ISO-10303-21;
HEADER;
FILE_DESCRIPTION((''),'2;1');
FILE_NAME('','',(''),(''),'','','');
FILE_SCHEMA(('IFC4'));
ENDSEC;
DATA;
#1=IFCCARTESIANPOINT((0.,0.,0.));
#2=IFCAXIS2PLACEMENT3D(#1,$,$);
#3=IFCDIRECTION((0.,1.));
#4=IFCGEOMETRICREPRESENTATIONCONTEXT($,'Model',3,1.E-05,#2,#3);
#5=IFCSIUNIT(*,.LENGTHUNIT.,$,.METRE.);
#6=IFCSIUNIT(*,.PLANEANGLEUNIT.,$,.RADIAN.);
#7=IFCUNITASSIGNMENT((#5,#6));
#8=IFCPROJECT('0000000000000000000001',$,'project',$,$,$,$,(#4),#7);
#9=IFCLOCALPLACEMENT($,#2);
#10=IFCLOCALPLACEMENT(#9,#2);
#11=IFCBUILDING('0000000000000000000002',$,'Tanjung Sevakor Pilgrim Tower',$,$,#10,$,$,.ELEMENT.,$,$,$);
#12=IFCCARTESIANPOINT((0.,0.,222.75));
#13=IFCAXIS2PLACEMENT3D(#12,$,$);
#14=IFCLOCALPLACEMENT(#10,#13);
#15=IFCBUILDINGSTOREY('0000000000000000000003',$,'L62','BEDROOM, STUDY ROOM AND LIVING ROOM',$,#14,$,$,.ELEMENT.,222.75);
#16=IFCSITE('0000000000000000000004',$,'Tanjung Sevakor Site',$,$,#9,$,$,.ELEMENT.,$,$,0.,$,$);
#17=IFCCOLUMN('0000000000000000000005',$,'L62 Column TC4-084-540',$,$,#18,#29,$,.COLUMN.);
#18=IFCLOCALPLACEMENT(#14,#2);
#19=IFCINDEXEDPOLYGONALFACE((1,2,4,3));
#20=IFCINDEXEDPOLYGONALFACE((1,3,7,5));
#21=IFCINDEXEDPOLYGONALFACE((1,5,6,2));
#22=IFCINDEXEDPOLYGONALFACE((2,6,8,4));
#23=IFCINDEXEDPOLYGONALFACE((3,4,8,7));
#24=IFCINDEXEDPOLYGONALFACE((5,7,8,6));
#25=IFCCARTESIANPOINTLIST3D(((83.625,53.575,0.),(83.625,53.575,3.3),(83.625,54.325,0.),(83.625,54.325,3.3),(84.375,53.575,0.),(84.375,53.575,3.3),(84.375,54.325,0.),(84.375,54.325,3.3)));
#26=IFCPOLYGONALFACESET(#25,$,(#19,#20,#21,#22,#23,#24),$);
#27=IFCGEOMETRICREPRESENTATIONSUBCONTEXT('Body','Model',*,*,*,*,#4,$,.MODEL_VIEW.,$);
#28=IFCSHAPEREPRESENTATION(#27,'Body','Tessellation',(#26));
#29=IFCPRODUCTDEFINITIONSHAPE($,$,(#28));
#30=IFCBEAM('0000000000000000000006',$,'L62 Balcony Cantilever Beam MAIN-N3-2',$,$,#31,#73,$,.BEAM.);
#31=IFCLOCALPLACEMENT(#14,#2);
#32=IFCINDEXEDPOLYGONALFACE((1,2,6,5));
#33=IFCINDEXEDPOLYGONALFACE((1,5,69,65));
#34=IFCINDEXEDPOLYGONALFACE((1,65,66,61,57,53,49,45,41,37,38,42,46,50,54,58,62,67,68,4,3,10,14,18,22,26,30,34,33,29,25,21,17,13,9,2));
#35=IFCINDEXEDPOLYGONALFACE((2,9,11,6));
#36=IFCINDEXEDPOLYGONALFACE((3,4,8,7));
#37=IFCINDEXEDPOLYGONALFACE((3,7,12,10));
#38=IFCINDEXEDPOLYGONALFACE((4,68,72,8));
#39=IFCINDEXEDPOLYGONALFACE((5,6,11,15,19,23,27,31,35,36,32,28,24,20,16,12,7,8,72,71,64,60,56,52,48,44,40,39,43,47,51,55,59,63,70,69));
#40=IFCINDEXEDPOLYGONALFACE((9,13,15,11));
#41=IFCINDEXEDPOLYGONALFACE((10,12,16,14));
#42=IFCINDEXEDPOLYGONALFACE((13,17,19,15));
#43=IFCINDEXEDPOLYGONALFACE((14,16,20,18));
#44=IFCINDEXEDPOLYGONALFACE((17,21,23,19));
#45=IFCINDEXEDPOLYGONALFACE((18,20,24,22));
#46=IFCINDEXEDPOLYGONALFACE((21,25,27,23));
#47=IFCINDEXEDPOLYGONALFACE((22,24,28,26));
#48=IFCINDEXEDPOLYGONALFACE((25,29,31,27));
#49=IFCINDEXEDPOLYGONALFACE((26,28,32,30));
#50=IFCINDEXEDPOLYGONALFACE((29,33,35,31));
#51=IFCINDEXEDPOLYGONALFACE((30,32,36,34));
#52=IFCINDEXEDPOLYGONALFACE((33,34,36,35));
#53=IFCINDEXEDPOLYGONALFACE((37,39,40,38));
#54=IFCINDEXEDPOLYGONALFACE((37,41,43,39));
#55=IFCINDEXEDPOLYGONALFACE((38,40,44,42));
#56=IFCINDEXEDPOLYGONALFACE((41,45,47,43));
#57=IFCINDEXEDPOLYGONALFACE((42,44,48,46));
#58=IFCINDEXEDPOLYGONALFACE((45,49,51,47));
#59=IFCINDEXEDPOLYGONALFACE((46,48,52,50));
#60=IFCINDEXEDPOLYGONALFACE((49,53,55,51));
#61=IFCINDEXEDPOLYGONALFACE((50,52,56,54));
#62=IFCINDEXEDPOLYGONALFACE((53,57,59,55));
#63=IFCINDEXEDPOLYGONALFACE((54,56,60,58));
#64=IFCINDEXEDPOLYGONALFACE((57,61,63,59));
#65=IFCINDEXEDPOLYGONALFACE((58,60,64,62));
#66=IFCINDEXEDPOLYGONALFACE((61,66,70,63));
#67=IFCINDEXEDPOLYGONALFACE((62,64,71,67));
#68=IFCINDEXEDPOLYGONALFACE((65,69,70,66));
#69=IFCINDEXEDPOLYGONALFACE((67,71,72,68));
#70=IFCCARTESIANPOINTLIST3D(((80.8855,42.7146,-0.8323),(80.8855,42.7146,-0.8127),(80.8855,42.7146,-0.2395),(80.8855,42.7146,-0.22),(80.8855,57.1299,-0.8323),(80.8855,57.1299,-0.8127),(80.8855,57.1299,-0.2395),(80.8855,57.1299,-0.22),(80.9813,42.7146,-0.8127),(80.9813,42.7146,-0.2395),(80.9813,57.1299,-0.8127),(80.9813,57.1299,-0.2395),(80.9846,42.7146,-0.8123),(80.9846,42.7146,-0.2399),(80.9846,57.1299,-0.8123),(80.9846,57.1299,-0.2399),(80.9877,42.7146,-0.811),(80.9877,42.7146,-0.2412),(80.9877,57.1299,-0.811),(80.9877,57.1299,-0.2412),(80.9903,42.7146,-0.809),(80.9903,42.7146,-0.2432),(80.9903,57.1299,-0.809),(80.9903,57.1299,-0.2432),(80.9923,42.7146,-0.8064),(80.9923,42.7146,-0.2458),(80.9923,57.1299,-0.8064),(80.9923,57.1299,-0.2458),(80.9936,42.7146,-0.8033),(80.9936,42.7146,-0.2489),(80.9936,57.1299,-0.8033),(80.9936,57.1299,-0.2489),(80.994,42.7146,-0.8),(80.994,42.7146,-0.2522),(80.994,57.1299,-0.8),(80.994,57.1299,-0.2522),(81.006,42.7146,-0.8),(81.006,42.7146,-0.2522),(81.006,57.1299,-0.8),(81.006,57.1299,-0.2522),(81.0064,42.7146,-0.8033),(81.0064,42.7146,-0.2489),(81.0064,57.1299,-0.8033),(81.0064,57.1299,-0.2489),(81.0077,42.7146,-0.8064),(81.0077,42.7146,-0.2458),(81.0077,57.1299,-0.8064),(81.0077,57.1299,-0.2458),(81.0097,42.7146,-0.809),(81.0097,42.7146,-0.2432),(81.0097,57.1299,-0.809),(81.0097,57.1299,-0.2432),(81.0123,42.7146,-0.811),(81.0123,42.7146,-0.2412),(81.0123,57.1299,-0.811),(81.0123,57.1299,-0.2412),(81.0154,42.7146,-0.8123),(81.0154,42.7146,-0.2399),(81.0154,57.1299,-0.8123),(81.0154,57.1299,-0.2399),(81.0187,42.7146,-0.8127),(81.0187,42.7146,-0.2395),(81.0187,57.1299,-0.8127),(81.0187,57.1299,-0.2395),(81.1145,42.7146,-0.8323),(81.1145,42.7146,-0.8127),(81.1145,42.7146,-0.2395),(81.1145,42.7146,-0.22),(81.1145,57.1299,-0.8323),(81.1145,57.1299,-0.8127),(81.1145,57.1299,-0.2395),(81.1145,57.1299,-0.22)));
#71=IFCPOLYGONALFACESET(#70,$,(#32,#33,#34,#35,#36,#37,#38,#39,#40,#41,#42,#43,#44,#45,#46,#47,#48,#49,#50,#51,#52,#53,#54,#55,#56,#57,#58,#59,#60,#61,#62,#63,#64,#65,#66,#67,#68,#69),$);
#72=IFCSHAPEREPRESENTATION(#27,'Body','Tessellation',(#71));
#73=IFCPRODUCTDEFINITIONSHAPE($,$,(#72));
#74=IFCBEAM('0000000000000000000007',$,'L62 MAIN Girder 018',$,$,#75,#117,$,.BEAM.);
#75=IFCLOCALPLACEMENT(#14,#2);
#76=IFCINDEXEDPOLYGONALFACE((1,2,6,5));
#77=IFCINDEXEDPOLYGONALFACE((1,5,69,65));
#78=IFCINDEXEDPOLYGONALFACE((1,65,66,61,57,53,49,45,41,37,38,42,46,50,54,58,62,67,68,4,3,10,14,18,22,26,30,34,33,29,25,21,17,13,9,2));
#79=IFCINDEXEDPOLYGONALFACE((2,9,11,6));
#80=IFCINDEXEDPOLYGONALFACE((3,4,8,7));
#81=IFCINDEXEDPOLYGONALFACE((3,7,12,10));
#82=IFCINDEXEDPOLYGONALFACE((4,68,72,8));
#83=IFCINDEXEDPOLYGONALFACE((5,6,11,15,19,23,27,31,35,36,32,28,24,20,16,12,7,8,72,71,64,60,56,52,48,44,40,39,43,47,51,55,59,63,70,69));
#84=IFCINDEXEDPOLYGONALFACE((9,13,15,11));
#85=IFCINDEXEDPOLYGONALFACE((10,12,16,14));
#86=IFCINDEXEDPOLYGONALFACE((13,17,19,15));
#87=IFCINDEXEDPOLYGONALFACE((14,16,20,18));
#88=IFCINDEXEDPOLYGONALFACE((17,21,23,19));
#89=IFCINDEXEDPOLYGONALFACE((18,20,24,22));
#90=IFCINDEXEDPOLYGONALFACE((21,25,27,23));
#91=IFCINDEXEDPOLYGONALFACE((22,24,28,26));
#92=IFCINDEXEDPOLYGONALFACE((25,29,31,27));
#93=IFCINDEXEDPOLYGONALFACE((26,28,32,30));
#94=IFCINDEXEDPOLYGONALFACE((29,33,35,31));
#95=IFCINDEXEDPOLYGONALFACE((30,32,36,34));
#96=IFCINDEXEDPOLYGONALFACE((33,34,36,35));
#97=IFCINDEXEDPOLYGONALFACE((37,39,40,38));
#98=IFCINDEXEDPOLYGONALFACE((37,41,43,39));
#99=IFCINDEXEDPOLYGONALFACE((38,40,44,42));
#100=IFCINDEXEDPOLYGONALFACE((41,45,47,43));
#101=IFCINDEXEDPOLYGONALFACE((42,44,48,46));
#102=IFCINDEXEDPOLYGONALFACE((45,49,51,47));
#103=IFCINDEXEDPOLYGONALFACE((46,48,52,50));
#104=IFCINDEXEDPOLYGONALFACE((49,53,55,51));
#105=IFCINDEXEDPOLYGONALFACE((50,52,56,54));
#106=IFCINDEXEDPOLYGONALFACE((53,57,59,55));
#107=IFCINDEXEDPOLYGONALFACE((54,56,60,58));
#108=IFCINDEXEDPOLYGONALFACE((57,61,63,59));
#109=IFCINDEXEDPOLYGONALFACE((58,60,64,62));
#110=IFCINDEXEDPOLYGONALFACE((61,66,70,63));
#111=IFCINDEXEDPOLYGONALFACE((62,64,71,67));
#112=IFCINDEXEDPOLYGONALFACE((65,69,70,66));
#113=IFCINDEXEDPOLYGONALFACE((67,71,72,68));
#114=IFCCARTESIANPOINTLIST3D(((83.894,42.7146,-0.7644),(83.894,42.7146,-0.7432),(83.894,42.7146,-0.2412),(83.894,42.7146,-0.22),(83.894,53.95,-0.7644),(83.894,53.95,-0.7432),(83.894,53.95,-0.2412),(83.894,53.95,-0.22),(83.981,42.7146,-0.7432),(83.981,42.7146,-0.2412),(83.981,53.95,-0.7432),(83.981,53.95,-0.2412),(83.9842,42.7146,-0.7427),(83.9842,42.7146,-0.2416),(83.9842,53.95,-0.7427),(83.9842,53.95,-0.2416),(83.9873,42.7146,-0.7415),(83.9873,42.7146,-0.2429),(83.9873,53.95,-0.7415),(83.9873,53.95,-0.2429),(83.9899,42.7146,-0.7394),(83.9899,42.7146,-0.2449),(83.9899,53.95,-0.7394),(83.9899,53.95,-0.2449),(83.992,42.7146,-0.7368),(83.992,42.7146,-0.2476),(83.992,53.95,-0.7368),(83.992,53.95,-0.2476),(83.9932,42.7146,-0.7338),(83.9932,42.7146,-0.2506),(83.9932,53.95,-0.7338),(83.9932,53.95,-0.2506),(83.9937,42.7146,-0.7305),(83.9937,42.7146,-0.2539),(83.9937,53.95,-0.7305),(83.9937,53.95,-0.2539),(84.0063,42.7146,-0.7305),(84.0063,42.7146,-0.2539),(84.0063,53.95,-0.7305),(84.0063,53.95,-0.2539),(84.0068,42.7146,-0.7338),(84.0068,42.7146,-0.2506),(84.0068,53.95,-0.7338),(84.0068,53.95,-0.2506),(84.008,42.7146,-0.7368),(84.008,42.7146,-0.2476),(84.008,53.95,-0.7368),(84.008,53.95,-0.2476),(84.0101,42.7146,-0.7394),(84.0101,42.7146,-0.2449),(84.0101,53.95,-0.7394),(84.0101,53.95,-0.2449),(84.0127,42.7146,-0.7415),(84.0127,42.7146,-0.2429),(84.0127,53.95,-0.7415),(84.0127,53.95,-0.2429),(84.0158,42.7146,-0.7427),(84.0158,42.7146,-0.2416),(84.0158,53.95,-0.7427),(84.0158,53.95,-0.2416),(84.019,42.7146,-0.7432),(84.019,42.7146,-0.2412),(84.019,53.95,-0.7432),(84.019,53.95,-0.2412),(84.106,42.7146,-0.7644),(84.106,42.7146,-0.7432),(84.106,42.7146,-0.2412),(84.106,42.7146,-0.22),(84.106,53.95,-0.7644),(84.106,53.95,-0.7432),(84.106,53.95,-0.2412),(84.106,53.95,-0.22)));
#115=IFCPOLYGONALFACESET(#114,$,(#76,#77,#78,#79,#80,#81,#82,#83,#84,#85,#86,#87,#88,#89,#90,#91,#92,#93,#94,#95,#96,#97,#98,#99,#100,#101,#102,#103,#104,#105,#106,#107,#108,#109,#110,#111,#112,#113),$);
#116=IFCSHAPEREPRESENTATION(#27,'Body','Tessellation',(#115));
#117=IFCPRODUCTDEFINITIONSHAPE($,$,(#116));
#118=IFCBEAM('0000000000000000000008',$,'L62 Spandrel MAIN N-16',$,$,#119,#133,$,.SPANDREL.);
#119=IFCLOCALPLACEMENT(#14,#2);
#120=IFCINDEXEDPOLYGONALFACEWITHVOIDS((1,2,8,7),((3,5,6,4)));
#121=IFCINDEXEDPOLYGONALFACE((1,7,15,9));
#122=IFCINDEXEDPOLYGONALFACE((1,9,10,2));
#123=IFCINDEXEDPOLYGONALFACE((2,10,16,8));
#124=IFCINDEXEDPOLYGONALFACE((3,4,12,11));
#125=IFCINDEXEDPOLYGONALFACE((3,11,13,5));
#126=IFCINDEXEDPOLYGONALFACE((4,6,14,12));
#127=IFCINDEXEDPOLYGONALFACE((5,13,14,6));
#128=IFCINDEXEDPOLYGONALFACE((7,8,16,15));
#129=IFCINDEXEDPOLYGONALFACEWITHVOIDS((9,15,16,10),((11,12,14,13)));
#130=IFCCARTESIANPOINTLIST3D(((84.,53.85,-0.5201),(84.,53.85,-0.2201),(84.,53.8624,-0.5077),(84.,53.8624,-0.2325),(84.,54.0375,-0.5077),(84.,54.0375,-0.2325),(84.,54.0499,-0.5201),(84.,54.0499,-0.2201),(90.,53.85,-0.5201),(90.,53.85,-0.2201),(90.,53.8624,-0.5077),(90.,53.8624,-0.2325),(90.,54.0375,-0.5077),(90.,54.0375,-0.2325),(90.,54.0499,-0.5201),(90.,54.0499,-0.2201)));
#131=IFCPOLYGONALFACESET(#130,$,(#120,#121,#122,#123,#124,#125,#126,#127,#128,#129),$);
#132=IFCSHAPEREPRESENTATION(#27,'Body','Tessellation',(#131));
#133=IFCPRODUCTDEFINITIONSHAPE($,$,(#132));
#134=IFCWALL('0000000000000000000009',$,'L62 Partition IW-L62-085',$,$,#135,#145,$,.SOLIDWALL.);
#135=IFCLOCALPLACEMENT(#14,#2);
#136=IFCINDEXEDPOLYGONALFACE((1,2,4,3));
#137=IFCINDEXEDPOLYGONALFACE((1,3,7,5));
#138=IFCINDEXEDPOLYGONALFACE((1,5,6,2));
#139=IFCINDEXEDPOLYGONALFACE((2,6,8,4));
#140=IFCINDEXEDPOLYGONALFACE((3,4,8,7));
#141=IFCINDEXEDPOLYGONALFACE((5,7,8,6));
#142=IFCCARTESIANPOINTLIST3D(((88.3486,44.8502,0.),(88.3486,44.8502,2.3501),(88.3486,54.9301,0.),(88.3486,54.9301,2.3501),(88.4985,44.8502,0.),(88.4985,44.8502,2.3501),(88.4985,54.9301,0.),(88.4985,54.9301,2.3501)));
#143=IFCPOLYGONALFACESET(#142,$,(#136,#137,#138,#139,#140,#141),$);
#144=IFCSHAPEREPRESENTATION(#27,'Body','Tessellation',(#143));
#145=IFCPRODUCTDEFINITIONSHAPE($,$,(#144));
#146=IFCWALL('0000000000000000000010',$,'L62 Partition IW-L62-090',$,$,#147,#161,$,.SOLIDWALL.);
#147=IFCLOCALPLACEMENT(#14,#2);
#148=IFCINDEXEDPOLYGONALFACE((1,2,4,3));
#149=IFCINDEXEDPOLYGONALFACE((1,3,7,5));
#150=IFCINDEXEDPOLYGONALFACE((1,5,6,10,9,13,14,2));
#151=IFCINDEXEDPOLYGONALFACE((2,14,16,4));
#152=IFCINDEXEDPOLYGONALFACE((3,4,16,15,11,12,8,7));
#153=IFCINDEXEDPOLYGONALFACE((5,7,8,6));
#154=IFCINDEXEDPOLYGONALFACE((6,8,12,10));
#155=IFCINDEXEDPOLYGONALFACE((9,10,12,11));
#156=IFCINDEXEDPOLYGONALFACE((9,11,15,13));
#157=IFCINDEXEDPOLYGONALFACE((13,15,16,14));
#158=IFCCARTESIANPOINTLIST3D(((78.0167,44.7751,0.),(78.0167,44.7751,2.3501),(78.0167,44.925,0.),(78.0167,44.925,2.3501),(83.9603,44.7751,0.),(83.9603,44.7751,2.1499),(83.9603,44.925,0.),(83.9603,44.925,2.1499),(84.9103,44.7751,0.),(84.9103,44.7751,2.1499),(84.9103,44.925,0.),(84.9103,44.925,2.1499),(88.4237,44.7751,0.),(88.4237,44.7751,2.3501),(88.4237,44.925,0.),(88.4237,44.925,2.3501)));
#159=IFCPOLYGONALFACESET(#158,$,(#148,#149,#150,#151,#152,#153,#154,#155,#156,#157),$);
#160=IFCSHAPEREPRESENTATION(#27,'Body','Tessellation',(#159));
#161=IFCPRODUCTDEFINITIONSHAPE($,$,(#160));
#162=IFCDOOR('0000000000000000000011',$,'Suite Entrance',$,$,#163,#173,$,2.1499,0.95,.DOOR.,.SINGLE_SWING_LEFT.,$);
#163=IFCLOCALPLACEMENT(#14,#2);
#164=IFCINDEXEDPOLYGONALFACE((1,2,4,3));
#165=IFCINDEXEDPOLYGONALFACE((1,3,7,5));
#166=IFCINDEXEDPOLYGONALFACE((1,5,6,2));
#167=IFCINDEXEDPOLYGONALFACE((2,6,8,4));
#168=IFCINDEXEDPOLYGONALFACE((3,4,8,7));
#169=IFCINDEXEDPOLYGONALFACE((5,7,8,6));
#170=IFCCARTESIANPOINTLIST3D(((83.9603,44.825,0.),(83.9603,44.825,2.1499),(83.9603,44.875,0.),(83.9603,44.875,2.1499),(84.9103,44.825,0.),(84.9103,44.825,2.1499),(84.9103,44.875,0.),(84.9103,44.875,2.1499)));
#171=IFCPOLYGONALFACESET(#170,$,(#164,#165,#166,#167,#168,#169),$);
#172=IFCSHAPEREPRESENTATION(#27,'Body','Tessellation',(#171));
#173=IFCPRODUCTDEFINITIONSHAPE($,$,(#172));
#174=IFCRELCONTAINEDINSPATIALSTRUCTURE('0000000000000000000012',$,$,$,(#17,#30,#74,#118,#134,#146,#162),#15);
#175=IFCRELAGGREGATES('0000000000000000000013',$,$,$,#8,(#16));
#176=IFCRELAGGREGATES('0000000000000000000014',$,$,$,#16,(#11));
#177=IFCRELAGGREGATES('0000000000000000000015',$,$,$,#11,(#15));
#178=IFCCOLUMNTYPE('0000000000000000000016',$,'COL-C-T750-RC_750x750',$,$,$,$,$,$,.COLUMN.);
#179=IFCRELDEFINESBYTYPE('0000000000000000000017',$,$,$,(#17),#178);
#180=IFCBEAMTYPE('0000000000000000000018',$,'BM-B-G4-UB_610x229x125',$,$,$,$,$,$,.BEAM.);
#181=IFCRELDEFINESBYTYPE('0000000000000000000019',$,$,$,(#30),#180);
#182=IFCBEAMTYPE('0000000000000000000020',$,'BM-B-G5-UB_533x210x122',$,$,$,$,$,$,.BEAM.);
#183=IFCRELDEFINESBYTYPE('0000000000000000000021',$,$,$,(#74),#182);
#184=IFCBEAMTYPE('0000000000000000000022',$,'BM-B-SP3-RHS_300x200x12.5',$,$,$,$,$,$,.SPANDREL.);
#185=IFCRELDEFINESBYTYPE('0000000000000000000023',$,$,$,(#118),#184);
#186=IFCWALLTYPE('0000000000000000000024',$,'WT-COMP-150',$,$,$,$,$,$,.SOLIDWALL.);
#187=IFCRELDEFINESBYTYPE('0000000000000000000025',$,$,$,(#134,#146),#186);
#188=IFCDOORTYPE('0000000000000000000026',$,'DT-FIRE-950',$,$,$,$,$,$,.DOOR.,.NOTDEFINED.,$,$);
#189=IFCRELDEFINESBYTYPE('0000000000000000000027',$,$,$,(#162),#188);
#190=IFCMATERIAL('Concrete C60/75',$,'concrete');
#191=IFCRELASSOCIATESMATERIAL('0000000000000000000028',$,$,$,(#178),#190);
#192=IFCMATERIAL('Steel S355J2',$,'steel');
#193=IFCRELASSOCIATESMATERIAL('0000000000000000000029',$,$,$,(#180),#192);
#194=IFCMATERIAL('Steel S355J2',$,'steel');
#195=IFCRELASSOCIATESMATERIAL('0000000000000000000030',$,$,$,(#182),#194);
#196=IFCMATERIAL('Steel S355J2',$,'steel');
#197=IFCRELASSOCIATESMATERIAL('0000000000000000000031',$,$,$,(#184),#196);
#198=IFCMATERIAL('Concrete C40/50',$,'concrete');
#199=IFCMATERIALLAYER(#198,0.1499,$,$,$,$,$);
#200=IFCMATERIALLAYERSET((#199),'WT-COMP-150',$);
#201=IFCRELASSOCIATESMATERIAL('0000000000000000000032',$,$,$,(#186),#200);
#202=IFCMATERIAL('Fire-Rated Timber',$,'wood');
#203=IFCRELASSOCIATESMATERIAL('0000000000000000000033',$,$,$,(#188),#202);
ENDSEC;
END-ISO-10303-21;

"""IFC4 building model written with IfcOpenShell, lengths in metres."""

from ifc_helpers import new_model, si_unit, direction, frame, frame_2d, origin, origin_2d, place, context, subcontext, project, spatial, rectangle, hollow_rectangle, i_section, extrude, material, layer, layer_set, material_profile, profile_set, type_object, element, fill, save


model = new_model("IFC4")

# Units and contexts
model_context = context("Model", 3, precision=1e-05, world=origin(), true_north=direction((0.0, 1.0)))
body_context = subcontext(model_context, "Body", "Model", "MODEL_VIEW")
ifc_project = project(units=[si_unit("LENGTHUNIT", "METRE"), si_unit("PLANEANGLEUNIT", "RADIAN")], contexts=[model_context])

# Site, building, storey
site_placement = place(None, origin())
site = spatial("IfcSite", under=ifc_project, at=site_placement, Name="Tanjung Sevakor Site", CompositionType="ELEMENT", RefElevation=0.0)
building_placement = place(site_placement, origin())
building = spatial("IfcBuilding", under=site, at=building_placement, Name="Tanjung Sevakor Pilgrim Tower", CompositionType="ELEMENT")
storey_placement = place(building_placement, frame((0.0, 0.0, 222.75)))
storey = spatial("IfcBuildingStorey", under=building, at=storey_placement, Name="L62", Description="BEDROOM, STUDY ROOM AND LIVING ROOM", CompositionType="ELEMENT", Elevation=222.75)

# Column
ifc_material_1 = material(Name="Concrete C60/75", Category="concrete")
ifc_material_profile_1 = material_profile(ifc_material_1, rectangle(XDim=0.75, YDim=0.75, at=origin_2d()))
ifc_profile_set_1 = profile_set([ifc_material_profile_1], Name="Concrete C60/75")
column_type = type_object("IfcColumnType", Name="COL-C-T750-RC_750x750", PredefinedType="COLUMN", material=ifc_profile_set_1)
column_placement = place(storey_placement, frame((84.0, 53.95, 0.0), z_axis=(0.0, 0.0, 1.0), x_axis=(1.0, 0.0, 0.0)))
element("IfcColumn", 1, at=column_placement, inside=storey, type_object=column_type, Name="L62 Column TC4-084-540", PredefinedType="COLUMN", context=body_context, shape_type="SweptSolid", body=[
    extrude(rectangle(XDim=0.75, YDim=0.75, at=origin_2d()), origin(), (0.0, 0.0, 1.0), 3.3),
])

# Beams
ifc_material_2 = material(Name="Steel S355J2", Category="steel")
ifc_material_profile_2 = material_profile(ifc_material_2, i_section(OverallWidth=0.229, OverallDepth=0.6123, WebThickness=0.012, FlangeThickness=0.0195, FilletRadius=0.0127, at=origin_2d()))
ifc_profile_set_2 = profile_set([ifc_material_profile_2], Name="Steel S355J2")
beam_type_1 = type_object("IfcBeamType", Name="BM-B-G4-UB_610x229x125", PredefinedType="BEAM", material=ifc_profile_set_2)
beam_1_placement = place(storey_placement, frame((81.0, 42.7146, -0.5261), z_axis=(0.0, 1.0, 0.0), x_axis=(-1.0, 0.0, 0.0)))
element("IfcBeam", 2, at=beam_1_placement, inside=storey, type_object=beam_type_1, Name="L62 Balcony Cantilever Beam MAIN-N3-2", PredefinedType="BEAM", context=body_context, shape_type="SweptSolid", body=[
    extrude(i_section(OverallWidth=0.229, OverallDepth=0.6123, WebThickness=0.012, FlangeThickness=0.0195, FilletRadius=0.0127, at=origin_2d()), origin(), (0.0, 0.0, 1.0), 14.4153),
])
ifc_material_3 = material(Name="Steel S355J2", Category="steel")
ifc_material_profile_3 = material_profile(ifc_material_3, i_section(OverallWidth=0.2119, OverallDepth=0.5444, WebThickness=0.0127, FlangeThickness=0.0212, FilletRadius=0.0127, at=origin_2d()))
ifc_profile_set_3 = profile_set([ifc_material_profile_3], Name="Steel S355J2")
beam_type_2 = type_object("IfcBeamType", Name="BM-B-G5-UB_533x210x122", PredefinedType="BEAM", material=ifc_profile_set_3)
beam_2_placement = place(storey_placement, frame((84.0, 42.7146, -0.4922), z_axis=(0.0, 1.0, 0.0), x_axis=(-1.0, 0.0, 0.0)))
element("IfcBeam", 3, at=beam_2_placement, inside=storey, type_object=beam_type_2, Name="L62 MAIN Girder 018", PredefinedType="BEAM", context=body_context, shape_type="SweptSolid", body=[
    extrude(i_section(OverallWidth=0.2119, OverallDepth=0.5444, WebThickness=0.0127, FlangeThickness=0.0212, FilletRadius=0.0127, at=origin_2d()), origin(), (0.0, 0.0, 1.0), 11.2354),
])
ifc_material_4 = material(Name="Steel S355J2", Category="steel")
ifc_material_profile_4 = material_profile(ifc_material_4, hollow_rectangle(XDim=0.2, YDim=0.3, WallThickness=0.0125, at=origin_2d()))
ifc_profile_set_4 = profile_set([ifc_material_profile_4], Name="Steel S355J2")
beam_type_3 = type_object("IfcBeamType", Name="BM-B-SP3-RHS_300x200x12.5", PredefinedType="SPANDREL", material=ifc_profile_set_4)
beam_3_placement = place(storey_placement, frame((84.0, 53.95, -0.3701), z_axis=(1.0, 0.0, 0.0), x_axis=(0.0, 1.0, 0.0)))
element("IfcBeam", 4, at=beam_3_placement, inside=storey, type_object=beam_type_3, Name="L62 Spandrel MAIN N-16", PredefinedType="SPANDREL", context=body_context, shape_type="SweptSolid", body=[
    extrude(hollow_rectangle(XDim=0.2, YDim=0.3, WallThickness=0.0125, at=origin_2d()), origin(), (0.0, 0.0, 1.0), 6.0),
])

# Wall
ifc_material_5 = material(Name="Concrete C40/50", Category="concrete")
ifc_layer_1 = layer(ifc_material_5, 0.1499)
ifc_layer_set_1 = layer_set([ifc_layer_1], Name="WT-COMP-150")
wall_type_1 = type_object("IfcWallType", Name="WT-COMP-150", PredefinedType="SOLIDWALL", material=ifc_layer_set_1)
wall_1_placement = place(storey_placement, frame((88.4236, 44.8501, 0.0), z_axis=(0.0, 0.0, 1.0), x_axis=(0.0, 1.0, 0.0)))
element("IfcWall", 5, at=wall_1_placement, inside=storey, type_object=wall_type_1, Name="L62 Partition IW-L62-085", PredefinedType="SOLIDWALL", context=body_context, shape_type="SweptSolid", body=[
    extrude(rectangle(XDim=10.0798, YDim=0.1499, at=frame_2d((5.04, 0.0))), origin(), (0.0, 0.0, 1.0), 2.3501),
])

# Wall, opening, door
wall_2_placement = place(storey_placement, frame((78.0166, 44.8501, 0.0), z_axis=(0.0, 0.0, 1.0), x_axis=(1.0, 0.0, 0.0)))
wall_2 = element("IfcWall", 6, at=wall_2_placement, inside=storey, type_object=wall_type_1, Name="L62 Partition IW-L62-090", PredefinedType="SOLIDWALL", context=body_context, shape_type="SweptSolid", body=[
    extrude(rectangle(XDim=10.407, YDim=0.1499, at=frame_2d((5.2036, 0.0))), origin(), (0.0, 0.0, 1.0), 2.3501),
])
opening_1_placement = place(wall_2_placement, frame((5.9436, 0.0, 0.0)))
opening_1 = element("IfcOpeningElement", 7, at=opening_1_placement, cuts=wall_2, PredefinedType="OPENING", context=body_context, shape_type="SweptSolid", body=[
    extrude(rectangle(XDim=0.95, YDim=2.1499, at=frame_2d((0.4751, 1.075))), frame((0.0, 0.085, 0.0), z_axis=(0.0, -1.0, 0.0), x_axis=(1.0, 0.0, 0.0)), (0.0, 0.0, 1.0), 0.1699),
])
ifc_material_6 = material(Name="Fire-Rated Timber", Category="wood")
door_type_1 = type_object("IfcDoorType", Name="DT-FIRE-950", OperationType="NOTDEFINED", PredefinedType="DOOR", material=ifc_material_6)
door_1_placement = place(opening_1_placement, origin())
door_1 = element("IfcDoor", 8, at=door_1_placement, inside=storey, type_object=door_type_1, Name="Suite Entrance", OperationType="SINGLE_SWING_LEFT", OverallHeight=2.1499, OverallWidth=0.95, PredefinedType="DOOR", context=body_context, shape_type="SweptSolid", body=[
    extrude(rectangle(XDim=0.95, YDim=2.1499, at=frame_2d((0.4751, 1.075))), frame((0.0, 0.0249, 0.0), z_axis=(0.0, -1.0, 0.0), x_axis=(1.0, 0.0, 0.0)), (0.0, 0.0, 1.0), 0.05),
])
fill(opening_1, door_1)

save(model, "model.ifc")
